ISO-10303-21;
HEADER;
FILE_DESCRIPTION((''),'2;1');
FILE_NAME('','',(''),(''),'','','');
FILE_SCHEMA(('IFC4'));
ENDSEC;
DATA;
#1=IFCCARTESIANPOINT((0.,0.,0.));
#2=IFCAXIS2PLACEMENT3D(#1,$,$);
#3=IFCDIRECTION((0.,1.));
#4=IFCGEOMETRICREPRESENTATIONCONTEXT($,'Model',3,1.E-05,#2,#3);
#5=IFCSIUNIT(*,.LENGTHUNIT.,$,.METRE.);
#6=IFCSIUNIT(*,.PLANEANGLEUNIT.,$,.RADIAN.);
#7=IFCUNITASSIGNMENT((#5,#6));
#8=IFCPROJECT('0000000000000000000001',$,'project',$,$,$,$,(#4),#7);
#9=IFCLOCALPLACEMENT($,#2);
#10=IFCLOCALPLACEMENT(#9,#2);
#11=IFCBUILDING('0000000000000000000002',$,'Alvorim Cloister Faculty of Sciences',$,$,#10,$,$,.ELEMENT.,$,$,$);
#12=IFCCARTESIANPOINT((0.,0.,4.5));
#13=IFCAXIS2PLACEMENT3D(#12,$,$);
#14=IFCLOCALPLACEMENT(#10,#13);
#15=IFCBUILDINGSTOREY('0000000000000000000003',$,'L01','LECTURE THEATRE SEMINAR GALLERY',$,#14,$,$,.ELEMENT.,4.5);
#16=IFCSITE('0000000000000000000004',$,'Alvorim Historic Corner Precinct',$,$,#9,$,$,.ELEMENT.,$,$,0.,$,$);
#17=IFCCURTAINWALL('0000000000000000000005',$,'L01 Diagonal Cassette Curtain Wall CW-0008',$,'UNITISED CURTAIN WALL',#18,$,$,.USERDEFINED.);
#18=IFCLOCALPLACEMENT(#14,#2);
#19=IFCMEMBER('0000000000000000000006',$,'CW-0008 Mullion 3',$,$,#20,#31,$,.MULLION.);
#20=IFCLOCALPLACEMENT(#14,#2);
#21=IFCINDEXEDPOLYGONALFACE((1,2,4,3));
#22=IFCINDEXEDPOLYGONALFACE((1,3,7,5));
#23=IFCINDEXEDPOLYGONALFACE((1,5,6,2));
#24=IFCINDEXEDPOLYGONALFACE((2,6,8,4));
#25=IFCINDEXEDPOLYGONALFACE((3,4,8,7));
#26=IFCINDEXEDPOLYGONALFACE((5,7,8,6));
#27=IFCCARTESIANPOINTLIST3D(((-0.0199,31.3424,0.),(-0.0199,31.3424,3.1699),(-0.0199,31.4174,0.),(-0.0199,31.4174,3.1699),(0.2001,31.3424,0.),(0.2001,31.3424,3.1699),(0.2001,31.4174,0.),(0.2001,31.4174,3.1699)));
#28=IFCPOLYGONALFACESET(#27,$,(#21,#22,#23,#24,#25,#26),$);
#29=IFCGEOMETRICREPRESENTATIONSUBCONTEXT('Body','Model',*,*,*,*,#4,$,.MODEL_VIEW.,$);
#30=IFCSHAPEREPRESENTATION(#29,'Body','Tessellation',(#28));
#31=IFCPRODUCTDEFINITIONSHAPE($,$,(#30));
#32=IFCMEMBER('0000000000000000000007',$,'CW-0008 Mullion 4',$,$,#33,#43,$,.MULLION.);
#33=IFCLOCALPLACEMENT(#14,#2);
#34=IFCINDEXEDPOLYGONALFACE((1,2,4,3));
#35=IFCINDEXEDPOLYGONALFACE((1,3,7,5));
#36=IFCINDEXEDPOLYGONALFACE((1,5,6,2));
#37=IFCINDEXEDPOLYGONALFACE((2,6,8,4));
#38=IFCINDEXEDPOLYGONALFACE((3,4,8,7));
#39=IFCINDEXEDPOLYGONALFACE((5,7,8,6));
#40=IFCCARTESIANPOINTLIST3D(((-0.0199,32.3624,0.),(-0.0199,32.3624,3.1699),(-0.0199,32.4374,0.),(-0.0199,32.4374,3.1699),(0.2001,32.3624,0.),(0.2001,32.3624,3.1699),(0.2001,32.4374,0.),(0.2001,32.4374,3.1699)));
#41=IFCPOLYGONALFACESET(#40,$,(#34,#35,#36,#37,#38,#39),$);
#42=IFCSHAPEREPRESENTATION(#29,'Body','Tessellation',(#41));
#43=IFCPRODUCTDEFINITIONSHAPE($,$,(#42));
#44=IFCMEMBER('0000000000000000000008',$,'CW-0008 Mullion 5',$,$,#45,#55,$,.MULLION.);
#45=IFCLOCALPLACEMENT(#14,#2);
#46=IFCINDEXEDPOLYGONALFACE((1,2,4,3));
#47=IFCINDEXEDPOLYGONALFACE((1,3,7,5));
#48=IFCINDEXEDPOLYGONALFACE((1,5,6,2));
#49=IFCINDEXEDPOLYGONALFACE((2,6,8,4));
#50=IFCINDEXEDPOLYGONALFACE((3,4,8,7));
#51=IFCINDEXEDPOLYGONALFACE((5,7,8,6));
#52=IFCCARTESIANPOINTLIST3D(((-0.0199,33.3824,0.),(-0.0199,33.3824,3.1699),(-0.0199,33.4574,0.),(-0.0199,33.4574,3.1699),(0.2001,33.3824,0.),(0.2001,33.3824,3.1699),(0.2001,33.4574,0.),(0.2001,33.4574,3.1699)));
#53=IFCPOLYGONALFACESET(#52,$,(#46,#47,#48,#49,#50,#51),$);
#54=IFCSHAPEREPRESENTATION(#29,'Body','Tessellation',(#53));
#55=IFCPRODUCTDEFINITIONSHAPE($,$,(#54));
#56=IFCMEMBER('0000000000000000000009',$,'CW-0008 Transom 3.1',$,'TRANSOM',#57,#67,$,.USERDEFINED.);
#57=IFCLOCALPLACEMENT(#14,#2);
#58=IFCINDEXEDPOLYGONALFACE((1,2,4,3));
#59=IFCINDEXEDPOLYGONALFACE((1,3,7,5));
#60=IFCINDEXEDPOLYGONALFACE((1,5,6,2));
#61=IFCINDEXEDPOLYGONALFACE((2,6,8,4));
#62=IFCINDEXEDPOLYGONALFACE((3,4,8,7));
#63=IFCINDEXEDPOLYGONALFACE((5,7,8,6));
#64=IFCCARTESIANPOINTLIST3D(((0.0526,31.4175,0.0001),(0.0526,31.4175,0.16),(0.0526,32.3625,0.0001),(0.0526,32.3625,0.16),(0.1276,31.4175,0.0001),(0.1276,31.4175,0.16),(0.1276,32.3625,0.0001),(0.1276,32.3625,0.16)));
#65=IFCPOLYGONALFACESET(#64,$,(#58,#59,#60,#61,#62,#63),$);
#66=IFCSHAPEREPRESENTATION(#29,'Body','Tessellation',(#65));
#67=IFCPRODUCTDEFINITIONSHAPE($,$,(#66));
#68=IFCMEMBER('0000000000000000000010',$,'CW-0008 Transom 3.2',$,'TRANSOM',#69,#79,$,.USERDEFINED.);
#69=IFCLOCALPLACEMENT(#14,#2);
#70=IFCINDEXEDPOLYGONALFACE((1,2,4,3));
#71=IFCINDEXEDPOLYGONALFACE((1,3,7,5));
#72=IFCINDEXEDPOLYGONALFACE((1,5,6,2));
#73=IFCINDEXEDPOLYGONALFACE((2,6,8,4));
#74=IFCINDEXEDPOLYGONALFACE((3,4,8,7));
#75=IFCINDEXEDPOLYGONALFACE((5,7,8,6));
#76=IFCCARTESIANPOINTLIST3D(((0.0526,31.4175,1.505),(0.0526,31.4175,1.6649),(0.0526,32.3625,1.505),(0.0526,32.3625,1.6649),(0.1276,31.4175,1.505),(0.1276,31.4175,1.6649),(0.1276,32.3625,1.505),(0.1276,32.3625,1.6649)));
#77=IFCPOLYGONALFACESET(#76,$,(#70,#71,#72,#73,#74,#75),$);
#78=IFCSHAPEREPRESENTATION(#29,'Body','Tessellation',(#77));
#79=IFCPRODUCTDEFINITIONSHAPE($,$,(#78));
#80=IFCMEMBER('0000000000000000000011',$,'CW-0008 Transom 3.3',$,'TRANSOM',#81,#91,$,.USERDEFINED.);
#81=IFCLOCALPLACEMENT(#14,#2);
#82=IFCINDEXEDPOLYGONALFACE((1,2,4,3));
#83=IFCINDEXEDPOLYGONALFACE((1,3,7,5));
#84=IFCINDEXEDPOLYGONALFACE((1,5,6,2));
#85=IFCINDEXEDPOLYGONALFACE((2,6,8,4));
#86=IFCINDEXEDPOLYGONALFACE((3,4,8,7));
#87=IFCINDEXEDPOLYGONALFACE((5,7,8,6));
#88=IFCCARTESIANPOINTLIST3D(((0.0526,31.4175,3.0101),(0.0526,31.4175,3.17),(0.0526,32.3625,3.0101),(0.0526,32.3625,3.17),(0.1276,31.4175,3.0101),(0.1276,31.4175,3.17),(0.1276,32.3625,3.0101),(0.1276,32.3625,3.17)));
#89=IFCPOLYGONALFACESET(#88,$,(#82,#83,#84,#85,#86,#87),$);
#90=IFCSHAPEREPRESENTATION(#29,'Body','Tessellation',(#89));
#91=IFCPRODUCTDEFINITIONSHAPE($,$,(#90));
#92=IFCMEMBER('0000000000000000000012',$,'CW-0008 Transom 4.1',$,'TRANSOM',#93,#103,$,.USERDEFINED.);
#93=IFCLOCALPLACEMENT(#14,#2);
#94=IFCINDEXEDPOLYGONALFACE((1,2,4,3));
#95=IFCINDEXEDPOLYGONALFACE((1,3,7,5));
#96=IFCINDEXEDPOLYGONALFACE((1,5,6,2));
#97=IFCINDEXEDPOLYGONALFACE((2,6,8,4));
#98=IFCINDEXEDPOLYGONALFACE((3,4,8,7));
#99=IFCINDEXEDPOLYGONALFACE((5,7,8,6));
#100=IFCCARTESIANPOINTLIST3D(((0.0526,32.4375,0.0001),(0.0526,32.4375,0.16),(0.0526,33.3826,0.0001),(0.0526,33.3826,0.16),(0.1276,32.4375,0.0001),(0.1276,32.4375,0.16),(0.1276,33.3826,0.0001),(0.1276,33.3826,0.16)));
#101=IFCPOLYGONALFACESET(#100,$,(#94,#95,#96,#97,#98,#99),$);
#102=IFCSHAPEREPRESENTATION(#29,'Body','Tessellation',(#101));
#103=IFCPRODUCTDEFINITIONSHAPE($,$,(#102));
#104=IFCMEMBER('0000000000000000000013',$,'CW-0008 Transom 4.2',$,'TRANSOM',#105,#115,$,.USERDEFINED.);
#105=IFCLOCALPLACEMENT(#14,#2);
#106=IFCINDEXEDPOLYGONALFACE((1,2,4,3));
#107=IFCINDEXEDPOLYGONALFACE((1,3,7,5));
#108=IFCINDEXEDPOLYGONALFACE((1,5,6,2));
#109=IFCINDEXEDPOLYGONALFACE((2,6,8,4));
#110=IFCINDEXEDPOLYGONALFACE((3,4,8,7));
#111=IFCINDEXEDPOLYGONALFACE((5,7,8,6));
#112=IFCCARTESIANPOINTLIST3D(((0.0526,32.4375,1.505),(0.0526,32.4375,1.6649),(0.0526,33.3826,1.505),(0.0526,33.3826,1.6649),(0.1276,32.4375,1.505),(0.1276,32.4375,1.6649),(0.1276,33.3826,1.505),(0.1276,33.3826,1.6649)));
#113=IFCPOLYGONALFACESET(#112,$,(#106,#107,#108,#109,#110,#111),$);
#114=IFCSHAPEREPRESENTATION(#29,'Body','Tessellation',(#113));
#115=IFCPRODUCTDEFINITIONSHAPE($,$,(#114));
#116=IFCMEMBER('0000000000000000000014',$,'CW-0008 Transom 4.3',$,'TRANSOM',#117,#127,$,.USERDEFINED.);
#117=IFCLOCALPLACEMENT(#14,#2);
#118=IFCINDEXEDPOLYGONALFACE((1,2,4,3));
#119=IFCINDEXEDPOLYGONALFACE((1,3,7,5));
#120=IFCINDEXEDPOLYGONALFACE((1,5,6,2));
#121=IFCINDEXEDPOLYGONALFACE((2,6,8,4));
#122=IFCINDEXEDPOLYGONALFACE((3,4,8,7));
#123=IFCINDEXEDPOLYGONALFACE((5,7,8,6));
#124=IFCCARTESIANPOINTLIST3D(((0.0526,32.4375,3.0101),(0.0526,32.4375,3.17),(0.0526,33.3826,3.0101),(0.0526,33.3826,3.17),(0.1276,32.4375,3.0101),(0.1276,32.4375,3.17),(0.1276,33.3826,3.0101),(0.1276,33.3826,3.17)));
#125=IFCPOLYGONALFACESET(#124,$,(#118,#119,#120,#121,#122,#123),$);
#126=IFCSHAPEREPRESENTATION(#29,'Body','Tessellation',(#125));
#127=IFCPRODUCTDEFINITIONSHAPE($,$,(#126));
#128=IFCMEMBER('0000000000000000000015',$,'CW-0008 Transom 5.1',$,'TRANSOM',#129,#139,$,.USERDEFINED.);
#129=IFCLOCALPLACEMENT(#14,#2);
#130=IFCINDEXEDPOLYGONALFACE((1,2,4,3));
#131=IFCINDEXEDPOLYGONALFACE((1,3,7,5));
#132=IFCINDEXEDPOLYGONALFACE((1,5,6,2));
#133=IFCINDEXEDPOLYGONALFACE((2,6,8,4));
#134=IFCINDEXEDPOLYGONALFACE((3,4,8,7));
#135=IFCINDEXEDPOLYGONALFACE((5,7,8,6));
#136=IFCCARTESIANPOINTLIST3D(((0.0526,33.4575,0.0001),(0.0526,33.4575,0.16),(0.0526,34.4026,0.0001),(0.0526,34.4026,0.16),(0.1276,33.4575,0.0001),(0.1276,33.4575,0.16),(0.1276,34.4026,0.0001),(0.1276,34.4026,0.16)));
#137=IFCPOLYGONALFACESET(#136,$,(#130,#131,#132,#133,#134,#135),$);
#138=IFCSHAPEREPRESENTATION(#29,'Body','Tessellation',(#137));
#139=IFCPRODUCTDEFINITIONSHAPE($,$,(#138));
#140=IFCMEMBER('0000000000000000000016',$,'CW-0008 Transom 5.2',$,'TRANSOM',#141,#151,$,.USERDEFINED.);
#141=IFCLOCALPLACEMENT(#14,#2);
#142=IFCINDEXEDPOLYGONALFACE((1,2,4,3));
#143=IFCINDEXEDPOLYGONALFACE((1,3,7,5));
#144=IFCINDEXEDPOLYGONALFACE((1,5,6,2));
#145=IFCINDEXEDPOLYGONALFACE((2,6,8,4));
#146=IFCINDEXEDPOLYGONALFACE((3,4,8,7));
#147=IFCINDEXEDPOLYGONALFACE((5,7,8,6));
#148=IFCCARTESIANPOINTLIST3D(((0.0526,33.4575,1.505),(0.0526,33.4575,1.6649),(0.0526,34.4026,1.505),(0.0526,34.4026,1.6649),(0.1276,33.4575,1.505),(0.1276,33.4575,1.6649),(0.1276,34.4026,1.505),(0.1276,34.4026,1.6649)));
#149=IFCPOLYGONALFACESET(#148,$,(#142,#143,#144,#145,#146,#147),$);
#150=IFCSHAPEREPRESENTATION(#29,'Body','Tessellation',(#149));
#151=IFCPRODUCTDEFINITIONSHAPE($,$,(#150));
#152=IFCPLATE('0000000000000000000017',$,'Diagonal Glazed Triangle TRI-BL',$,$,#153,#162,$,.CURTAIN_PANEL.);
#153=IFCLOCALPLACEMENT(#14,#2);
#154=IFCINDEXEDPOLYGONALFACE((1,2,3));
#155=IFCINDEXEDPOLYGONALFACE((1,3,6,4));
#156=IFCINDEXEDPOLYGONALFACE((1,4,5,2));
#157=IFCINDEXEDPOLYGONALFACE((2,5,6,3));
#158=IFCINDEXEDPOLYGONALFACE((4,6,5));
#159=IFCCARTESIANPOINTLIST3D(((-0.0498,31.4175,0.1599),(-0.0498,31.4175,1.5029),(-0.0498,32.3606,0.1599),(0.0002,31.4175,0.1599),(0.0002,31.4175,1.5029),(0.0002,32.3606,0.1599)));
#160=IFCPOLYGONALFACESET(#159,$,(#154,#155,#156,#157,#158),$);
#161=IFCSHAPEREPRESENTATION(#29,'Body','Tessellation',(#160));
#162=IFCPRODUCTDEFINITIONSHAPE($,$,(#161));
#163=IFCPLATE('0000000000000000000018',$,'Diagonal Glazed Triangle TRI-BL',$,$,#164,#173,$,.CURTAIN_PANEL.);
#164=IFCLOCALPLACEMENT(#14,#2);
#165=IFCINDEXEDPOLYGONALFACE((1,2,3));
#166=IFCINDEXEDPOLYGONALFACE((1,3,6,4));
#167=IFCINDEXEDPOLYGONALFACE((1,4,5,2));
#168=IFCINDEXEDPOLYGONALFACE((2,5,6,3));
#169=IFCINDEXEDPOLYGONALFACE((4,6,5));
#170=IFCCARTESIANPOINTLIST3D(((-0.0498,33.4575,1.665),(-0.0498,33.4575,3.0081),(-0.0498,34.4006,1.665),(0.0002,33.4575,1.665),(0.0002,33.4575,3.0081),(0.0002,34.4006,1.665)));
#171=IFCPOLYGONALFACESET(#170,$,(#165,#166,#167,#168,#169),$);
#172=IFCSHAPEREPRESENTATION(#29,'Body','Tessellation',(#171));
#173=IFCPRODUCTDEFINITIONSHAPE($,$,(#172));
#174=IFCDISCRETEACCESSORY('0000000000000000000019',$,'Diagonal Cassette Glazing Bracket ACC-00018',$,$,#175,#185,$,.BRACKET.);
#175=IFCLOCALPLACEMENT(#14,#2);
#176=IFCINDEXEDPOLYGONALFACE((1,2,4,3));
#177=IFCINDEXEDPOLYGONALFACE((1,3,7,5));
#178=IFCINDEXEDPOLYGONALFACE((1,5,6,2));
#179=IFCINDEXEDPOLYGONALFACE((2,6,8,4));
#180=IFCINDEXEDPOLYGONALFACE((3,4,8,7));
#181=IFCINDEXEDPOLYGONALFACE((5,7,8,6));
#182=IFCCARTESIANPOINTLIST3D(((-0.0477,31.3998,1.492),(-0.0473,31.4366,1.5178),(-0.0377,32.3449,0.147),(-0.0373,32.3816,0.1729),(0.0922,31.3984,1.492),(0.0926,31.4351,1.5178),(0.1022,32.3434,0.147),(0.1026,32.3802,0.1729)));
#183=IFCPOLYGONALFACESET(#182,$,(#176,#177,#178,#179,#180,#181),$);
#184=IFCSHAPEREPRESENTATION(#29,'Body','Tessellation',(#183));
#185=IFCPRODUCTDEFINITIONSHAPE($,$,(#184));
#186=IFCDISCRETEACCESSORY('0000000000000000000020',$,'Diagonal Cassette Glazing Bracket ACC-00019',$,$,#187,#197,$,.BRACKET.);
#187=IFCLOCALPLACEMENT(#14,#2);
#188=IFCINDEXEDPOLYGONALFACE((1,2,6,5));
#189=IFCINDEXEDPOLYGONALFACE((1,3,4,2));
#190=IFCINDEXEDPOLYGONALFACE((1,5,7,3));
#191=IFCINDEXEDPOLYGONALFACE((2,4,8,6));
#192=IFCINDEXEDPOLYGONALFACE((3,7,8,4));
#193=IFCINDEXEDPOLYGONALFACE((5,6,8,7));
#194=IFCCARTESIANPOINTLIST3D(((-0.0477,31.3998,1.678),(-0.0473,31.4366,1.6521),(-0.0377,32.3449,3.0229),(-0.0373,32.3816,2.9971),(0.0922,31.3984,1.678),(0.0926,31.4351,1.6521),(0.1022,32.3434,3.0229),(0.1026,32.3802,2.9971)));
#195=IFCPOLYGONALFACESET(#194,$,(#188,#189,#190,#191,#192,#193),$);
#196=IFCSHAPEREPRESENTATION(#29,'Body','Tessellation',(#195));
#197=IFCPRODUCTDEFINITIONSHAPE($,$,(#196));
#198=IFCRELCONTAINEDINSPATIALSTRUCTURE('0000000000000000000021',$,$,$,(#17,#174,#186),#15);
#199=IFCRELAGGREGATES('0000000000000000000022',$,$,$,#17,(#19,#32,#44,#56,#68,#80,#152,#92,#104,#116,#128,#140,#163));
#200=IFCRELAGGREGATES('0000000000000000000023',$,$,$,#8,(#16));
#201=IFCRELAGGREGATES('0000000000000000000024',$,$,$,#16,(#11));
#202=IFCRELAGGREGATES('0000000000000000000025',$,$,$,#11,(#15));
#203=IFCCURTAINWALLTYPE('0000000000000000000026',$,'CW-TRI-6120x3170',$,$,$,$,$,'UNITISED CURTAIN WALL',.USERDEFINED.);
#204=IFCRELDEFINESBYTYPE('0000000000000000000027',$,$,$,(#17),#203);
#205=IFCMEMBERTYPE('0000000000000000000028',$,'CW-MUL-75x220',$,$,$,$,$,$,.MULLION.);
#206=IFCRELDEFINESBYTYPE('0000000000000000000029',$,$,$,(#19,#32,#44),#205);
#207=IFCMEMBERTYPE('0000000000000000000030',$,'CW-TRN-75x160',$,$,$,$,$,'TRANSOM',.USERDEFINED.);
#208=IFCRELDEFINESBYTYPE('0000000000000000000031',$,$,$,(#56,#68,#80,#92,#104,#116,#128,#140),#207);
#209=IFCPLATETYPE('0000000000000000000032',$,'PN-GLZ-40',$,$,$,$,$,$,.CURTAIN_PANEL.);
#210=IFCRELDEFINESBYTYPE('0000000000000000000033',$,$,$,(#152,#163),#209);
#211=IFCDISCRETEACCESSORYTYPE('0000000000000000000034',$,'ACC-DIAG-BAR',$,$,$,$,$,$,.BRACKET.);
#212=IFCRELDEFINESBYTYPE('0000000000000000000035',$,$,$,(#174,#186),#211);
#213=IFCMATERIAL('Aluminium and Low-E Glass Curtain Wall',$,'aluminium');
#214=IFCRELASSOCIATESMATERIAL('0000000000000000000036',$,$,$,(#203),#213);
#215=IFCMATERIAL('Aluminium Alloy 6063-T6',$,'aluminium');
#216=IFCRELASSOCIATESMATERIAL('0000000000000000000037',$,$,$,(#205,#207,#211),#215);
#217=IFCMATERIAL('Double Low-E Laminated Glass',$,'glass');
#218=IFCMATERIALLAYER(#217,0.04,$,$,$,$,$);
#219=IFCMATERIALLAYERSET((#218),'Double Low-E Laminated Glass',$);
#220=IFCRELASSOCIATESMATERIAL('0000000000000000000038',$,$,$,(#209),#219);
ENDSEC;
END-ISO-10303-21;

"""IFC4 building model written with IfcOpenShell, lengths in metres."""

from ifc_helpers import new_model, si_unit, direction, frame, origin, origin_2d, place, context, subcontext, project, spatial, polyline, rectangle, outline, extrude, material, layer, layer_set, material_profile, profile_set, type_object, element, aggregate, save


model = new_model("IFC4")

# Units and contexts
model_context = context("Model", 3, precision=1e-05, world=origin(), true_north=direction((0.0, 1.0)))
body_context = subcontext(model_context, "Body", "Model", "MODEL_VIEW")
ifc_project = project(units=[si_unit("LENGTHUNIT", "METRE"), si_unit("PLANEANGLEUNIT", "RADIAN")], contexts=[model_context])

# Site, building, storey
site_placement = place(None, origin())
site = spatial("IfcSite", under=ifc_project, at=site_placement, Name="Alvorim Historic Corner Precinct", CompositionType="ELEMENT", RefElevation=0.0)
building_placement = place(site_placement, origin())
building = spatial("IfcBuilding", under=site, at=building_placement, Name="Alvorim Cloister Faculty of Sciences", CompositionType="ELEMENT")
storey_placement = place(building_placement, frame((0.0, 0.0, 4.5)))
storey = spatial("IfcBuildingStorey", under=building, at=storey_placement, Name="L01", Description="LECTURE THEATRE SEMINAR GALLERY", CompositionType="ELEMENT", Elevation=4.5)

# Curtain wall, members, plates
ifc_material_1 = material(Name="Aluminium and Low-E Glass Curtain Wall", Category="aluminium")
curtain_wall_type = type_object("IfcCurtainWallType", Name="CW-TRI-6120x3170", ElementType="UNITISED CURTAIN WALL", PredefinedType="USERDEFINED", material=ifc_material_1)
curtain_wall_placement = place(storey_placement, origin())
curtain_wall = element("IfcCurtainWall", 1, at=curtain_wall_placement, inside=storey, type_object=curtain_wall_type, Name="L01 Diagonal Cassette Curtain Wall CW-0008", ObjectType="UNITISED CURTAIN WALL", PredefinedType="USERDEFINED")
ifc_material_2 = material(Name="Aluminium Alloy 6063-T6", Category="aluminium")
ifc_material_profile_1 = material_profile(ifc_material_2, rectangle(XDim=0.075, YDim=0.22, at=origin_2d()), Name="ALU-MUL-75x220")
ifc_profile_set_1 = profile_set([ifc_material_profile_1], Name="Aluminium Alloy 6063-T6")
member_type_1 = type_object("IfcMemberType", Name="CW-MUL-75x220", PredefinedType="MULLION", material=ifc_profile_set_1)
member_1_placement = place(storey_placement, frame((0.0901, 31.3799, 0.0), z_axis=(0.0, 0.0, 1.0), x_axis=(0.0, 1.0, 0.0)))
member_1 = element("IfcMember", 2, at=member_1_placement, type_object=member_type_1, Name="CW-0008 Mullion 3", PredefinedType="MULLION", context=body_context, shape_type="SweptSolid", body=[
    extrude(rectangle(XDim=0.075, YDim=0.22, at=origin_2d()), origin(), (0.0, 0.0, 1.0), 3.1699),
])
member_2_placement = place(storey_placement, frame((0.0901, 32.3999, 0.0), z_axis=(0.0, 0.0, 1.0), x_axis=(0.0, 1.0, 0.0)))
member_2 = element("IfcMember", 3, at=member_2_placement, type_object=member_type_1, Name="CW-0008 Mullion 4", PredefinedType="MULLION", context=body_context, shape_type="SweptSolid", body=[
    extrude(rectangle(XDim=0.075, YDim=0.22, at=origin_2d()), origin(), (0.0, 0.0, 1.0), 3.1699),
])
member_3_placement = place(storey_placement, frame((0.0901, 33.4199, 0.0), z_axis=(0.0, 0.0, 1.0), x_axis=(0.0, 1.0, 0.0)))
member_3 = element("IfcMember", 4, at=member_3_placement, type_object=member_type_1, Name="CW-0008 Mullion 5", PredefinedType="MULLION", context=body_context, shape_type="SweptSolid", body=[
    extrude(rectangle(XDim=0.075, YDim=0.22, at=origin_2d()), origin(), (0.0, 0.0, 1.0), 3.1699),
])
ifc_material_profile_2 = material_profile(ifc_material_2, rectangle(XDim=0.075, YDim=0.1599, at=origin_2d()), Name="ALU-TRN-75x160")
ifc_profile_set_2 = profile_set([ifc_material_profile_2], Name="Aluminium Alloy 6063-T6")
member_type_2 = type_object("IfcMemberType", Name="CW-TRN-75x160", ElementType="TRANSOM", PredefinedType="USERDEFINED", material=ifc_profile_set_2)
member_4_placement = place(storey_placement, frame((0.0901, 31.4175, 0.0801), z_axis=(0.0, 1.0, 0.0), x_axis=(-1.0, 0.0, 0.0)))
member_4 = element("IfcMember", 5, at=member_4_placement, type_object=member_type_2, Name="CW-0008 Transom 3.1", ObjectType="TRANSOM", PredefinedType="USERDEFINED", context=body_context, shape_type="SweptSolid", body=[
    extrude(rectangle(XDim=0.075, YDim=0.1599, at=origin_2d()), origin(), (0.0, 0.0, 1.0), 0.9451),
])
member_5_placement = place(storey_placement, frame((0.0901, 31.4175, 1.585), z_axis=(0.0, 1.0, 0.0), x_axis=(-1.0, 0.0, 0.0)))
member_5 = element("IfcMember", 6, at=member_5_placement, type_object=member_type_2, Name="CW-0008 Transom 3.2", ObjectType="TRANSOM", PredefinedType="USERDEFINED", context=body_context, shape_type="SweptSolid", body=[
    extrude(rectangle(XDim=0.075, YDim=0.1599, at=origin_2d()), origin(), (0.0, 0.0, 1.0), 0.9451),
])
member_6_placement = place(storey_placement, frame((0.0901, 31.4175, 3.0901), z_axis=(0.0, 1.0, 0.0), x_axis=(-1.0, 0.0, 0.0)))
member_6 = element("IfcMember", 7, at=member_6_placement, type_object=member_type_2, Name="CW-0008 Transom 3.3", ObjectType="TRANSOM", PredefinedType="USERDEFINED", context=body_context, shape_type="SweptSolid", body=[
    extrude(rectangle(XDim=0.075, YDim=0.1599, at=origin_2d()), origin(), (0.0, 0.0, 1.0), 0.9451),
])
member_7_placement = place(storey_placement, frame((0.0901, 32.4375, 0.0801), z_axis=(0.0, 1.0, 0.0), x_axis=(-1.0, 0.0, 0.0)))
member_7 = element("IfcMember", 8, at=member_7_placement, type_object=member_type_2, Name="CW-0008 Transom 4.1", ObjectType="TRANSOM", PredefinedType="USERDEFINED", context=body_context, shape_type="SweptSolid", body=[
    extrude(rectangle(XDim=0.075, YDim=0.1599, at=origin_2d()), origin(), (0.0, 0.0, 1.0), 0.9451),
])
member_8_placement = place(storey_placement, frame((0.0901, 32.4375, 1.585), z_axis=(0.0, 1.0, 0.0), x_axis=(-1.0, 0.0, 0.0)))
member_8 = element("IfcMember", 9, at=member_8_placement, type_object=member_type_2, Name="CW-0008 Transom 4.2", ObjectType="TRANSOM", PredefinedType="USERDEFINED", context=body_context, shape_type="SweptSolid", body=[
    extrude(rectangle(XDim=0.075, YDim=0.1599, at=origin_2d()), origin(), (0.0, 0.0, 1.0), 0.9451),
])
member_9_placement = place(storey_placement, frame((0.0901, 32.4375, 3.0901), z_axis=(0.0, 1.0, 0.0), x_axis=(-1.0, 0.0, 0.0)))
member_9 = element("IfcMember", 10, at=member_9_placement, type_object=member_type_2, Name="CW-0008 Transom 4.3", ObjectType="TRANSOM", PredefinedType="USERDEFINED", context=body_context, shape_type="SweptSolid", body=[
    extrude(rectangle(XDim=0.075, YDim=0.1599, at=origin_2d()), origin(), (0.0, 0.0, 1.0), 0.9451),
])
member_10_placement = place(storey_placement, frame((0.0901, 33.4575, 0.0801), z_axis=(0.0, 1.0, 0.0), x_axis=(-1.0, 0.0, 0.0)))
member_10 = element("IfcMember", 11, at=member_10_placement, type_object=member_type_2, Name="CW-0008 Transom 5.1", ObjectType="TRANSOM", PredefinedType="USERDEFINED", context=body_context, shape_type="SweptSolid", body=[
    extrude(rectangle(XDim=0.075, YDim=0.1599, at=origin_2d()), origin(), (0.0, 0.0, 1.0), 0.9451),
])
member_11_placement = place(storey_placement, frame((0.0901, 33.4575, 1.585), z_axis=(0.0, 1.0, 0.0), x_axis=(-1.0, 0.0, 0.0)))
member_11 = element("IfcMember", 12, at=member_11_placement, type_object=member_type_2, Name="CW-0008 Transom 5.2", ObjectType="TRANSOM", PredefinedType="USERDEFINED", context=body_context, shape_type="SweptSolid", body=[
    extrude(rectangle(XDim=0.075, YDim=0.1599, at=origin_2d()), origin(), (0.0, 0.0, 1.0), 0.9451),
])
ifc_material_3 = material(Name="Double Low-E Laminated Glass", Category="glass")
ifc_layer = layer(ifc_material_3, 0.04)
ifc_layer_set = layer_set([ifc_layer], Name="Double Low-E Laminated Glass")
plate_type = type_object("IfcPlateType", Name="PN-GLZ-40", PredefinedType="CURTAIN_PANEL", material=ifc_layer_set)
plate_1_placement = place(storey_placement, frame((-0.0249, 31.4175, 0.1599), z_axis=(0.0, 0.0, 1.0), x_axis=(0.0, 1.0, 0.0)))
plate_1 = element("IfcPlate", 13, at=plate_1_placement, type_object=plate_type, Name="Diagonal Glazed Triangle TRI-BL", PredefinedType="CURTAIN_PANEL", context=body_context, shape_type="SweptSolid", body=[
    extrude(outline(polyline([(0.0, 0.0), (0.9431, 0.0), (0.0, 1.343), (0.0, 0.0)])), frame((0.0, 0.0249, 0.0), z_axis=(0.0, -1.0, 0.0), x_axis=(1.0, 0.0, 0.0)), (0.0, 0.0, 1.0), 0.05),
])
plate_2_placement = place(storey_placement, frame((-0.0249, 33.4575, 1.665), z_axis=(0.0, 0.0, 1.0), x_axis=(0.0, 1.0, 0.0)))
plate_2 = element("IfcPlate", 14, at=plate_2_placement, type_object=plate_type, Name="Diagonal Glazed Triangle TRI-BL", PredefinedType="CURTAIN_PANEL", context=body_context, shape_type="SweptSolid", body=[
    extrude(outline(polyline([(0.0, 0.0), (0.9431, 0.0), (0.0, 1.343), (0.0, 0.0)])), frame((0.0, 0.0249, 0.0), z_axis=(0.0, -1.0, 0.0), x_axis=(1.0, 0.0, 0.0)), (0.0, 0.0, 1.0), 0.05),
])
aggregate(curtain_wall, [member_1, member_2, member_3, member_4, member_5, member_6, plate_1, member_7, member_8, member_9, member_10, member_11, plate_2])

# Discrete accessories
discrete_accessory_type = type_object("IfcDiscreteAccessoryType", Name="ACC-DIAG-BAR", PredefinedType="BRACKET", material=ifc_material_2)
for number, where, z_axis, x_axis, name in (
    (15, (0.0225, 31.4175, 1.5049), (0.006089, 0.574916, -0.81819), (-0.999944, 0.010591, 0.0), "Diagonal Cassette Glazing Bracket ACC-00018"),
    (16, (0.0225, 31.4175, 1.665), (0.006089, 0.574916, 0.81819), (-0.999944, 0.010591, 0.0), "Diagonal Cassette Glazing Bracket ACC-00019"),
):
    element("IfcDiscreteAccessory", number, at=place(storey_placement, frame(where, z_axis=z_axis, x_axis=x_axis)), inside=storey, type_object=discrete_accessory_type, Name=name, PredefinedType="BRACKET", context=body_context, shape_type="SweptSolid", body=[
        extrude(rectangle(XDim=0.1399, YDim=0.0449, at=origin_2d()), origin(), (0.0, 0.0, 1.0), 1.6438),
    ])

save(model, "model.ifc")
